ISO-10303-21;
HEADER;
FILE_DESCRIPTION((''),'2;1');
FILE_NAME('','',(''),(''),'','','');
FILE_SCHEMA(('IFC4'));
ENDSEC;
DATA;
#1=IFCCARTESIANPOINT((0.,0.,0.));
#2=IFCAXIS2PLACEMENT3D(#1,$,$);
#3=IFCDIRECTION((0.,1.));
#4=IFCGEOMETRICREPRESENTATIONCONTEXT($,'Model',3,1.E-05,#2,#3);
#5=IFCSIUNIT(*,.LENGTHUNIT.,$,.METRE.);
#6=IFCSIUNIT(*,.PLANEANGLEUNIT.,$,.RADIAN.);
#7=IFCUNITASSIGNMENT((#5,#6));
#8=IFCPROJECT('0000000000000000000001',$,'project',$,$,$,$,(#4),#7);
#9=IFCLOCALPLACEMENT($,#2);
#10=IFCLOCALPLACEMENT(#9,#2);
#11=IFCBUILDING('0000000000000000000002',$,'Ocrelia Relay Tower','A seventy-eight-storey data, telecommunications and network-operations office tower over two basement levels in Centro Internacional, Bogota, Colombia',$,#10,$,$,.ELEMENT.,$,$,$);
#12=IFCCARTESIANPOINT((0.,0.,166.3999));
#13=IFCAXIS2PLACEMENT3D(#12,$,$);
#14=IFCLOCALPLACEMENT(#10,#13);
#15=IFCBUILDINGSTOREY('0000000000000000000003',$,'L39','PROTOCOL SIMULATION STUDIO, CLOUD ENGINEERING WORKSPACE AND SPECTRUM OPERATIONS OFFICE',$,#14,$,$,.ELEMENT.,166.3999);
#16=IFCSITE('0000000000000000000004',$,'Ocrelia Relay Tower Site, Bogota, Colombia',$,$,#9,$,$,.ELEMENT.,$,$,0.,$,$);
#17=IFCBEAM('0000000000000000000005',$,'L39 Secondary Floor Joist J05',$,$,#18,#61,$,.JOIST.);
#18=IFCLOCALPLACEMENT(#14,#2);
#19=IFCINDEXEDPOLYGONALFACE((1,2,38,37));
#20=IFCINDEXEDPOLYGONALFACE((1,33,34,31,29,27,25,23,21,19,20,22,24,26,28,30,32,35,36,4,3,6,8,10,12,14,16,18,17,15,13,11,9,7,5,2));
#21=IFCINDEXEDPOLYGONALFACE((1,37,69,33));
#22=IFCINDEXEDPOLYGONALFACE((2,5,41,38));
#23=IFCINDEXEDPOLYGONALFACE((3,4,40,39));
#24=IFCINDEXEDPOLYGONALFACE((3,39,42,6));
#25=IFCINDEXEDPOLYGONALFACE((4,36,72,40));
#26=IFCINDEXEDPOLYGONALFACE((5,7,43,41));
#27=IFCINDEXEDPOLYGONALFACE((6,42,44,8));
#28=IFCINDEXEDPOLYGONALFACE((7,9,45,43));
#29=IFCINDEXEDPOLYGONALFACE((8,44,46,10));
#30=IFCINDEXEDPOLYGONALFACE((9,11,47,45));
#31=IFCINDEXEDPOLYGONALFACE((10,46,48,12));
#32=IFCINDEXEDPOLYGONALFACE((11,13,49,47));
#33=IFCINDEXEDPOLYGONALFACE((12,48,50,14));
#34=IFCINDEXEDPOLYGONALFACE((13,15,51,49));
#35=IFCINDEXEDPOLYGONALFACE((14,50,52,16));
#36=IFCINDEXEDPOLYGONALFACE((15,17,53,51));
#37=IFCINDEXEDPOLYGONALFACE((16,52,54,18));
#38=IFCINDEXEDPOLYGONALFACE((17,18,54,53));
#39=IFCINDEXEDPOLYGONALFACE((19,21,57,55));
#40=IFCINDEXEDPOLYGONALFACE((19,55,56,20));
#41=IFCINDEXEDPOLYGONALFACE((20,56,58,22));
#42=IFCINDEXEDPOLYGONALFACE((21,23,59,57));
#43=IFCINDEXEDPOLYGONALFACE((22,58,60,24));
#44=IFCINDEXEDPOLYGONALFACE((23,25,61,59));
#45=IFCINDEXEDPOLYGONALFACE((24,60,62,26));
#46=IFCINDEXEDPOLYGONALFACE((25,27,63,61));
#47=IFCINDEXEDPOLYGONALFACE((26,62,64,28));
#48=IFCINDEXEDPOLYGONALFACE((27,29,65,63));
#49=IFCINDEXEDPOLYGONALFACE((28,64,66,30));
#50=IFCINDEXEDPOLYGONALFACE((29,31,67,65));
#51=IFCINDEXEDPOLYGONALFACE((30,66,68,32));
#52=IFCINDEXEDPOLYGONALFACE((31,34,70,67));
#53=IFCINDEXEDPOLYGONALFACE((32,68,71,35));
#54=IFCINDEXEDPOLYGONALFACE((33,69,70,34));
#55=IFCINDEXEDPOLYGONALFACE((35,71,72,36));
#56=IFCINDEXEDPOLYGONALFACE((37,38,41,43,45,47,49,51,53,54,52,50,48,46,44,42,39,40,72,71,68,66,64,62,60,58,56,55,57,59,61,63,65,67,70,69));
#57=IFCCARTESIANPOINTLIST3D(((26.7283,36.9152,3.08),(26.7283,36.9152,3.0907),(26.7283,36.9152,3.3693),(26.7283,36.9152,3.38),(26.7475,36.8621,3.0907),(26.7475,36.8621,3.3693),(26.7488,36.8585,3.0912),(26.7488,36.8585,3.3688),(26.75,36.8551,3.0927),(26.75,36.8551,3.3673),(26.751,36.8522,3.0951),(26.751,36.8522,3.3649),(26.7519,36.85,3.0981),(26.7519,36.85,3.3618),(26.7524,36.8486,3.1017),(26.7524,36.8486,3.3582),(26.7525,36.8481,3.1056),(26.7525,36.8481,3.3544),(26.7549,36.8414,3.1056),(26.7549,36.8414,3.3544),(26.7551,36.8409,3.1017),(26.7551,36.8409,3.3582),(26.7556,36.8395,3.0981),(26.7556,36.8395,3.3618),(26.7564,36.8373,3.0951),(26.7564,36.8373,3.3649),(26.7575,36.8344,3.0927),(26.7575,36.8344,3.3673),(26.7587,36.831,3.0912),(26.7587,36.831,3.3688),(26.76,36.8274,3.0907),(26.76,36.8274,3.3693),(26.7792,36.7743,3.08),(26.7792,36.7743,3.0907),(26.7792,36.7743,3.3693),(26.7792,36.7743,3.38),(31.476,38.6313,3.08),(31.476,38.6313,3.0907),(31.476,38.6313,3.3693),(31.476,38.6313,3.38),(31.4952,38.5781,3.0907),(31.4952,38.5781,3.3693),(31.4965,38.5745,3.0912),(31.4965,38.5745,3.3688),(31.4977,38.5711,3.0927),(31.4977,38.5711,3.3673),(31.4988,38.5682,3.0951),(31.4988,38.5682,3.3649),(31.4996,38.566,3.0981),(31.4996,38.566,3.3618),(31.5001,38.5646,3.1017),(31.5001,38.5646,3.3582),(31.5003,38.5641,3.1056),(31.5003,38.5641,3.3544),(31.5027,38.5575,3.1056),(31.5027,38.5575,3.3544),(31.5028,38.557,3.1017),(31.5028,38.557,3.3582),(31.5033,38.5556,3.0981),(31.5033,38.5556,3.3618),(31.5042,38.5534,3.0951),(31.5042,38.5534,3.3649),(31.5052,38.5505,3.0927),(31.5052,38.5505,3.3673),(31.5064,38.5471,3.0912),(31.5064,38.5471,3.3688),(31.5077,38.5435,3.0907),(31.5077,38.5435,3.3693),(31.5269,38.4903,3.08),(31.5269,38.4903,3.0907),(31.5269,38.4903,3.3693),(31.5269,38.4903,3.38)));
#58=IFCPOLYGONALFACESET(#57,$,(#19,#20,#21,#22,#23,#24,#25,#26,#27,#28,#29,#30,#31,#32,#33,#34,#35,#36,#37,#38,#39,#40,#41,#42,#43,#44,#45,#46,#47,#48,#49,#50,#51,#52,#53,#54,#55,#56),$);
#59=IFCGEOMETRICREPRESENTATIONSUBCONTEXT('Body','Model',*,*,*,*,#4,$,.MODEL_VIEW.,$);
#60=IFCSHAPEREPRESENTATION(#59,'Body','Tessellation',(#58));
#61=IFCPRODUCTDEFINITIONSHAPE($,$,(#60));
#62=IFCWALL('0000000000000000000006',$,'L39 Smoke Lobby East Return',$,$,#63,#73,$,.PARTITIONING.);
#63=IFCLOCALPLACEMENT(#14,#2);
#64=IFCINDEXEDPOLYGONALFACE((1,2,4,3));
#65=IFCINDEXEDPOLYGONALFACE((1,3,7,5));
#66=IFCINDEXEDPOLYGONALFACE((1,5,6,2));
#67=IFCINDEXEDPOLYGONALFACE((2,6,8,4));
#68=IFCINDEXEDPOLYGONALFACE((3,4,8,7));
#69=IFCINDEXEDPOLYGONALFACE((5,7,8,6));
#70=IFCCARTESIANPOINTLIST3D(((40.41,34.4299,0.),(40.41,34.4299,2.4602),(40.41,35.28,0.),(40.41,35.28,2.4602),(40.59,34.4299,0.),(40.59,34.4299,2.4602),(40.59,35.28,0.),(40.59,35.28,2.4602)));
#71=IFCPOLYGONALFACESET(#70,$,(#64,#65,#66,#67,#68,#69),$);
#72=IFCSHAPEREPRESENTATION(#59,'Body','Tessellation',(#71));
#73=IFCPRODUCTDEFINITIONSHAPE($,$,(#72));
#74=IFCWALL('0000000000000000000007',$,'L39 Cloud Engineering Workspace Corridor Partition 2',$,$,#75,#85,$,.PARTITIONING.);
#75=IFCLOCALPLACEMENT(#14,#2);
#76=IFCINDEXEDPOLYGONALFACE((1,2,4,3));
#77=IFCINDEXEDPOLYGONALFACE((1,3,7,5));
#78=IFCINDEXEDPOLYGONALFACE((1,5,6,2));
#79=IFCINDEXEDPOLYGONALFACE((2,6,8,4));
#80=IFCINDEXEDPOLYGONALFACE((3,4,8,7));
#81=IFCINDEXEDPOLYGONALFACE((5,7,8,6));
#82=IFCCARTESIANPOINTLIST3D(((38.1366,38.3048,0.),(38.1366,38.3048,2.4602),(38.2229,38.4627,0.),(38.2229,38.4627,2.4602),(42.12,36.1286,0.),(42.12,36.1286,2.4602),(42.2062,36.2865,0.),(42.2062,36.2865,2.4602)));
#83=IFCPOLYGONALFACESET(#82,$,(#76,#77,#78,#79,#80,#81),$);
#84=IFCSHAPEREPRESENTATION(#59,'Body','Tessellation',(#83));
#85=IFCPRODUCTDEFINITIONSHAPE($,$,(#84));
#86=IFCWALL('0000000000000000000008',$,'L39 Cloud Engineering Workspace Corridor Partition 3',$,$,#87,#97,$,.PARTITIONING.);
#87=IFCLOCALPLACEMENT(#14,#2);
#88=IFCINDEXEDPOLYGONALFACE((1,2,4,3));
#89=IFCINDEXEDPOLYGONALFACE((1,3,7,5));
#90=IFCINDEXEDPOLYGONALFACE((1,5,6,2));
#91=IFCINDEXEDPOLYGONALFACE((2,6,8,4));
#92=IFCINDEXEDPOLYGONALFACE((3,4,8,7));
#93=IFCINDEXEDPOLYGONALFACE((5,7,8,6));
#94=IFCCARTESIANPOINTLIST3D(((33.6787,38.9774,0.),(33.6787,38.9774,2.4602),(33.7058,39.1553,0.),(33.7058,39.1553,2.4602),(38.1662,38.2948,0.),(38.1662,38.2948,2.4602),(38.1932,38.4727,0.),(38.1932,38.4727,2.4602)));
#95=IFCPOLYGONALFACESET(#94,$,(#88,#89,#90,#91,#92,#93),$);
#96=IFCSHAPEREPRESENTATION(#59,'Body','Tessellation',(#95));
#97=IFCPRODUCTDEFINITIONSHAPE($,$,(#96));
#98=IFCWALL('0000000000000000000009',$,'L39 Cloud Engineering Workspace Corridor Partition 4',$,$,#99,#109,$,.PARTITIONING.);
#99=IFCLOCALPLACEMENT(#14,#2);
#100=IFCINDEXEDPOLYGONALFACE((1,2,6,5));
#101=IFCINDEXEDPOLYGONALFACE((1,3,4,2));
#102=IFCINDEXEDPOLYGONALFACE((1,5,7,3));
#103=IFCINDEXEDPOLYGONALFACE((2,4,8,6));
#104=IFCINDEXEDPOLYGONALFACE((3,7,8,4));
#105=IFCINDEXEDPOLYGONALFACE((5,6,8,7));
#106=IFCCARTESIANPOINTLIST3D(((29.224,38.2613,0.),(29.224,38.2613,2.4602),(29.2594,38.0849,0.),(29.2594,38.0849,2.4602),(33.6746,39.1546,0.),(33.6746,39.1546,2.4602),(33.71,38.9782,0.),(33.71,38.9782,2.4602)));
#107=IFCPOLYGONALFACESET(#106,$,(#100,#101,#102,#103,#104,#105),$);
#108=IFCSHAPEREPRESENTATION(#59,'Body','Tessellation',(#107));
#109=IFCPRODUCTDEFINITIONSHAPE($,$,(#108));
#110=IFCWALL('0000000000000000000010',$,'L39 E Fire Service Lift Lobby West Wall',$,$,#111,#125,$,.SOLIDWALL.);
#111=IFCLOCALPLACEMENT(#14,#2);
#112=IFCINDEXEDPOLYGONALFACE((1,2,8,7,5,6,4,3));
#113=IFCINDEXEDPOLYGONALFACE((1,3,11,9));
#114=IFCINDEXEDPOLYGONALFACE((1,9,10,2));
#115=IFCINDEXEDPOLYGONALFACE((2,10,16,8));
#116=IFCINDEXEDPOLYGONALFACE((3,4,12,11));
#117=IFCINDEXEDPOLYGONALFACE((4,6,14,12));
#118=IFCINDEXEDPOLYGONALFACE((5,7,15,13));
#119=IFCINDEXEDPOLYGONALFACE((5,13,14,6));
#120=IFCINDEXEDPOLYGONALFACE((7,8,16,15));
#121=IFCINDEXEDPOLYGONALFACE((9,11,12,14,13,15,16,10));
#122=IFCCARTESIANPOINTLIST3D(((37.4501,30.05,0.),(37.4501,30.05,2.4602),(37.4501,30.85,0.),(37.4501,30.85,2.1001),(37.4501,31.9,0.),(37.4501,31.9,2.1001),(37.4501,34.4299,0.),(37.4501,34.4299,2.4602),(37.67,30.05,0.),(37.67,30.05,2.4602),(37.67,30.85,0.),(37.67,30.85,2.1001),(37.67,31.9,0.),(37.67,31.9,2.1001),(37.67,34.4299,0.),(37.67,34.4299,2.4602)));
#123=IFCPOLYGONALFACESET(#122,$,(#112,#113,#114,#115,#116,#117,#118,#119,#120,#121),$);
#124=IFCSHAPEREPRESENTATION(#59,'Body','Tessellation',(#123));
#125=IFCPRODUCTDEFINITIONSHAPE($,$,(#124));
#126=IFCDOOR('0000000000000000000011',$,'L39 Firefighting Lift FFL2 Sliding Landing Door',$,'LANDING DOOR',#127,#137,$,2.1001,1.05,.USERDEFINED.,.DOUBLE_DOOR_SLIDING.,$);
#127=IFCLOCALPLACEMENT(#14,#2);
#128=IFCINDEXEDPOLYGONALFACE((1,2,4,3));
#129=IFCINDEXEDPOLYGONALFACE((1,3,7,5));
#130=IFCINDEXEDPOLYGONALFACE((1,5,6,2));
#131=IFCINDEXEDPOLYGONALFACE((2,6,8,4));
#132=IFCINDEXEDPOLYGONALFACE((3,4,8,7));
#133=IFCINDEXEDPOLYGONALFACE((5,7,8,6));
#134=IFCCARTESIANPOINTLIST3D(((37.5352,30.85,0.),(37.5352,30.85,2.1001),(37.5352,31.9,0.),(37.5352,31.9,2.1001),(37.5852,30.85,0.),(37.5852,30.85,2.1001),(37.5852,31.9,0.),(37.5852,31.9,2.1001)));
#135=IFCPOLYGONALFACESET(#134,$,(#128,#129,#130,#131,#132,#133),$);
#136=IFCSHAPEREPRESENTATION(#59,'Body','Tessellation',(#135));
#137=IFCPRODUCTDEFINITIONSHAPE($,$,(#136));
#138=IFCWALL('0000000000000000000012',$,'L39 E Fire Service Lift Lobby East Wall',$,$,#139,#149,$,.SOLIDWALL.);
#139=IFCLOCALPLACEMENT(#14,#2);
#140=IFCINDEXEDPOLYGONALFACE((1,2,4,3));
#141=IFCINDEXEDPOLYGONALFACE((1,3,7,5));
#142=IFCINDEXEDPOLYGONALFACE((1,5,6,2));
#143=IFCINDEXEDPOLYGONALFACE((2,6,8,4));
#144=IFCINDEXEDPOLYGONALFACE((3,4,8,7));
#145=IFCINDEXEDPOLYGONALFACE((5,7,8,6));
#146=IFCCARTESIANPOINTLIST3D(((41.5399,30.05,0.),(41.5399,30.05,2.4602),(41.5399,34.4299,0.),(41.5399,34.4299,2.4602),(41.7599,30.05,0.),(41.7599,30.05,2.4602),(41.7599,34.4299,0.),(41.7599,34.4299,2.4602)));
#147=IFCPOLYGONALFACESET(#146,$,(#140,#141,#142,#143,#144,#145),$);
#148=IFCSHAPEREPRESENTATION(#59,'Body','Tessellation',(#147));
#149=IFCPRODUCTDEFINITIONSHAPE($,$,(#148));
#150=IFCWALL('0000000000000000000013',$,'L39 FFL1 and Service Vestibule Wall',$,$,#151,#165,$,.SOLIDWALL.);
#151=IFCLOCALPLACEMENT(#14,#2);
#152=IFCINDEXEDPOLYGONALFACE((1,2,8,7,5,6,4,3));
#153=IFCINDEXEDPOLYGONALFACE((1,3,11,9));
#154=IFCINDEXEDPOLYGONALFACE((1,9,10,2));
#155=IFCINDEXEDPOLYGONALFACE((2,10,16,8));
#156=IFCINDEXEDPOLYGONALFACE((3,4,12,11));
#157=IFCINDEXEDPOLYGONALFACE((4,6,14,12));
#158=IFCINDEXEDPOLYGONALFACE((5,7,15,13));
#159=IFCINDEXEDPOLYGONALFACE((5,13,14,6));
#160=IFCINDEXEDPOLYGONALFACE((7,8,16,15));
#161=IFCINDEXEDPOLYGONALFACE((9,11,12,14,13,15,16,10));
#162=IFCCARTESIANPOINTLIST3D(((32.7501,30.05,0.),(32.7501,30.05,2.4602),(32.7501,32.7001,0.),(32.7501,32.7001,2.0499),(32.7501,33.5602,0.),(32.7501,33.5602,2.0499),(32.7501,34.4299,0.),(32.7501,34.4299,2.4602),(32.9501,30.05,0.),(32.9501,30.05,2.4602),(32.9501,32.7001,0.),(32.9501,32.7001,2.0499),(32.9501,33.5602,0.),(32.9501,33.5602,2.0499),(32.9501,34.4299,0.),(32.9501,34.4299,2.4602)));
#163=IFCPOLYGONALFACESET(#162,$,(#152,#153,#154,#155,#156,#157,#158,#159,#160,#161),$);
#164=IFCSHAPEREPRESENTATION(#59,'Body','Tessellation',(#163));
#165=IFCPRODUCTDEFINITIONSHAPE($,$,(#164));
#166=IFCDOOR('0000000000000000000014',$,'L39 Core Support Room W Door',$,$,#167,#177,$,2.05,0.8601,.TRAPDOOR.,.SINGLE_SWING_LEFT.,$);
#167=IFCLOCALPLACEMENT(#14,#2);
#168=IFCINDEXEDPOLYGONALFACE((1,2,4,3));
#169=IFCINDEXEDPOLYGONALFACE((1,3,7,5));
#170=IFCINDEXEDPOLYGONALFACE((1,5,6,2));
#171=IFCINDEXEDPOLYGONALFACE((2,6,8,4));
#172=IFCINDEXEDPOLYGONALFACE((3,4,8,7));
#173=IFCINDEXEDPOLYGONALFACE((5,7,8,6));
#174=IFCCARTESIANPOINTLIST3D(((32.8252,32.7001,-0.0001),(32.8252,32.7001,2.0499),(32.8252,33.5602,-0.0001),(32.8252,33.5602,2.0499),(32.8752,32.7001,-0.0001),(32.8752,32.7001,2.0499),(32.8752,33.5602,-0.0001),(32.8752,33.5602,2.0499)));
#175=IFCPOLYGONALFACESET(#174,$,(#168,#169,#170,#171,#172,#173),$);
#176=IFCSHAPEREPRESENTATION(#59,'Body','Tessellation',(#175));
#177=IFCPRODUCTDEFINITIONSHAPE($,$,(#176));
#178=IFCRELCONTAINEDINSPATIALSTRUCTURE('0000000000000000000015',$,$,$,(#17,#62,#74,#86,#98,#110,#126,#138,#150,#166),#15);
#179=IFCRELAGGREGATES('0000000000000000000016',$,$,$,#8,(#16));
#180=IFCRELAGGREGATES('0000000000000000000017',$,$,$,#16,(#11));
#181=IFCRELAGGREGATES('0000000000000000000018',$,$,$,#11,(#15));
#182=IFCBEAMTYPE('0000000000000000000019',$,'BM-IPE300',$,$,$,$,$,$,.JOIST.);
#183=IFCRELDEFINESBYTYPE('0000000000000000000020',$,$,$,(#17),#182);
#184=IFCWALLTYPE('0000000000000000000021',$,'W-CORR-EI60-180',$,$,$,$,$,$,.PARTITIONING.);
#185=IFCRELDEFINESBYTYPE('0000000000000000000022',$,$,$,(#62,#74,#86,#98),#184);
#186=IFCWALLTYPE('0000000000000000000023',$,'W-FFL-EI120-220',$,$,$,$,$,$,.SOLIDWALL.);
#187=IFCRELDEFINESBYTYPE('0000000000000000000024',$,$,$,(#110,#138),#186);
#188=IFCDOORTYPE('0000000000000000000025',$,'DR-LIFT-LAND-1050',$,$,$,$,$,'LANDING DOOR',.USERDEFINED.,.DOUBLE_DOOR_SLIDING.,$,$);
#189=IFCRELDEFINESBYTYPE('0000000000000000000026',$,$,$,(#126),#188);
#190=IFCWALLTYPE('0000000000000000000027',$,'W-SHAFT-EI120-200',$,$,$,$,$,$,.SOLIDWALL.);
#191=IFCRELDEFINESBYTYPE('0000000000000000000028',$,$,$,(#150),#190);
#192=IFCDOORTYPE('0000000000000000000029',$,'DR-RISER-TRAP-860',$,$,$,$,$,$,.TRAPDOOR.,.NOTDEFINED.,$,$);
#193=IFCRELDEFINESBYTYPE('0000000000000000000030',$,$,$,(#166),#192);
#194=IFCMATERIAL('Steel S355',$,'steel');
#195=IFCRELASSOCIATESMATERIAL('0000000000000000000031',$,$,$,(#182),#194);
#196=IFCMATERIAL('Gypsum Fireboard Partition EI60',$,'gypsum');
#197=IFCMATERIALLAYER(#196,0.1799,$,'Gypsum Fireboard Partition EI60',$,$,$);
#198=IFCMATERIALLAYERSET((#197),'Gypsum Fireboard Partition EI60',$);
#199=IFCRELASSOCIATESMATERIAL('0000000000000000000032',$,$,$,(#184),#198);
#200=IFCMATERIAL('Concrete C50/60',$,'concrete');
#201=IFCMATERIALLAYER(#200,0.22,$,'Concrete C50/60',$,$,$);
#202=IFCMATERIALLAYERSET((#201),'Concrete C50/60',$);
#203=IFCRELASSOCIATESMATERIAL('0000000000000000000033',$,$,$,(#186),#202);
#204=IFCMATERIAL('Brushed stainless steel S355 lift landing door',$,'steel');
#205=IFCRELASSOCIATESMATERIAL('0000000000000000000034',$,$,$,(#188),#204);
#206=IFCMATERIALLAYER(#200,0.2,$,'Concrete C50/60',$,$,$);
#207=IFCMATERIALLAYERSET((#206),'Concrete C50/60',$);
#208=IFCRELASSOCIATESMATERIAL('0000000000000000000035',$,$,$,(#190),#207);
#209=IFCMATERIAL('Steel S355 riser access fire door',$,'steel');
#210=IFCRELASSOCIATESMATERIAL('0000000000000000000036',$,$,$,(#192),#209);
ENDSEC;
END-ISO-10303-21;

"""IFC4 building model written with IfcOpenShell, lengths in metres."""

from ifc_helpers import new_model, si_unit, direction, frame, frame_2d, origin, origin_2d, place, context, subcontext, project, spatial, rectangle, i_section, extrude, material, layer, layer_set, material_profile, profile_set, type_object, element, fill, save


model = new_model("IFC4")

# Units and contexts
model_context = context("Model", 3, precision=1e-05, world=origin(), true_north=direction((0.0, 1.0)))
body_context = subcontext(model_context, "Body", "Model", "MODEL_VIEW")
ifc_project = project(units=[si_unit("LENGTHUNIT", "METRE"), si_unit("PLANEANGLEUNIT", "RADIAN")], contexts=[model_context])

# Site, building, storey
site_placement = place(None, origin())
site = spatial("IfcSite", under=ifc_project, at=site_placement, Name="Ocrelia Relay Tower Site, Bogota, Colombia", CompositionType="ELEMENT", RefElevation=0.0)
building_placement = place(site_placement, origin())
building = spatial("IfcBuilding", under=site, at=building_placement, Name="Ocrelia Relay Tower", Description="A seventy-eight-storey data, telecommunications and network-operations office tower over two basement levels in Centro Internacional, Bogota, Colombia", CompositionType="ELEMENT")
storey_placement = place(building_placement, frame((0.0, 0.0, 166.3999)))
storey = spatial("IfcBuildingStorey", under=building, at=storey_placement, Name="L39", Description="PROTOCOL SIMULATION STUDIO, CLOUD ENGINEERING WORKSPACE AND SPECTRUM OPERATIONS OFFICE", CompositionType="ELEMENT", Elevation=166.3999)

# Beam
ifc_material_1 = material(Name="Steel S355", Category="steel")
ifc_material_profile_1 = material_profile(ifc_material_1, i_section(OverallWidth=0.1499, OverallDepth=0.3, WebThickness=0.0071, FlangeThickness=0.0107, FilletRadius=0.0149, at=origin_2d()), Name="IPE 300")
ifc_profile_set_1 = profile_set([ifc_material_profile_1], Name="Steel S355")
beam_type = type_object("IfcBeamType", Name="BM-IPE300", PredefinedType="JOIST", material=ifc_profile_set_1)
beam_1_placement = place(storey_placement, frame((31.5015, 38.5608, 3.23), z_axis=(-0.940454, -0.339921, 0.0), x_axis=(0.339921, -0.940454, 0.0)))
element("IfcBeam", 1, at=beam_1_placement, inside=storey, type_object=beam_type, Name="L39 Secondary Floor Joist J05", PredefinedType="JOIST", context=body_context, shape_type="SweptSolid", body=[
    extrude(i_section(OverallWidth=0.1499, OverallDepth=0.3, WebThickness=0.0071, FlangeThickness=0.0107, FilletRadius=0.0149, at=origin_2d()), origin(), (0.0, 0.0, 1.0), 5.0483),
])

# Wall
ifc_material_2 = material(Name="Gypsum Fireboard Partition EI60", Category="gypsum")
ifc_layer_1 = layer(ifc_material_2, 0.1799, Name="Gypsum Fireboard Partition EI60")
ifc_layer_set_1 = layer_set([ifc_layer_1], Name="Gypsum Fireboard Partition EI60")
wall_type_1 = type_object("IfcWallType", Name="W-CORR-EI60-180", PredefinedType="PARTITIONING", material=ifc_layer_set_1)
wall_1_placement = place(storey_placement, frame((40.5, 35.28, 0.0), z_axis=(0.0, 0.0, 1.0), x_axis=(0.0, -1.0, 0.0)))
element("IfcWall", 2, at=wall_1_placement, inside=storey, type_object=wall_type_1, Name="L39 Smoke Lobby East Return", PredefinedType="PARTITIONING", context=body_context, shape_type="SweptSolid", body=[
    extrude(rectangle(XDim=0.8501, YDim=0.1799, at=frame_2d((0.425, 0.0))), origin(), (0.0, 0.0, 1.0), 2.4602),
])

# Walls
for number, where, z_axis, x_axis, name in (
    (3, (42.1631, 36.2075, 0.0), (0.0, 0.0, 1.0), (-0.877571, 0.479447, 0.0), "L39 Cloud Engineering Workspace Corridor Partition 2"),
    (4, (38.1797, 38.3838, 0.0), (0.0, 0.0, 1.0), (-0.988628, 0.150384, 0.0), "L39 Cloud Engineering Workspace Corridor Partition 3"),
):
    element("IfcWall", number, at=place(storey_placement, frame(where, z_axis=z_axis, x_axis=x_axis)), inside=storey, type_object=wall_type_1, Name=name, PredefinedType="PARTITIONING", context=body_context, shape_type="SweptSolid", body=[
        extrude(rectangle(XDim=4.5391, YDim=0.1799, at=frame_2d((2.2695, 0.0))), origin(), (0.0, 0.0, 1.0), 2.4602),
    ])
wall_2_placement = place(storey_placement, frame((33.6921, 39.0664, 0.0), z_axis=(0.0, 0.0, 1.0), x_axis=(-0.980444, -0.196799, 0.0)))
element("IfcWall", 5, at=wall_2_placement, inside=storey, type_object=wall_type_1, Name="L39 Cloud Engineering Workspace Corridor Partition 4", PredefinedType="PARTITIONING", context=body_context, shape_type="SweptSolid", body=[
    extrude(rectangle(XDim=4.5393, YDim=0.1799, at=frame_2d((2.2695, 0.0))), origin(), (0.0, 0.0, 1.0), 2.4602),
])

# Wall, opening, door
ifc_material_3 = material(Name="Concrete C50/60", Category="concrete")
ifc_layer_2 = layer(ifc_material_3, 0.22, Name="Concrete C50/60")
ifc_layer_set_2 = layer_set([ifc_layer_2], Name="Concrete C50/60")
wall_type_2 = type_object("IfcWallType", Name="W-FFL-EI120-220", PredefinedType="SOLIDWALL", material=ifc_layer_set_2)
wall_3_placement = place(storey_placement, frame((37.5601, 30.05, 0.0), z_axis=(0.0, 0.0, 1.0), x_axis=(0.0, 1.0, 0.0)))
wall_3 = element("IfcWall", 6, at=wall_3_placement, inside=storey, type_object=wall_type_2, Name="L39 E Fire Service Lift Lobby West Wall", PredefinedType="SOLIDWALL", context=body_context, shape_type="SweptSolid", body=[
    extrude(rectangle(XDim=4.3799, YDim=0.22, at=frame_2d((2.1899, 0.0))), origin(), (0.0, 0.0, 1.0), 2.4602),
])
opening_1_placement = place(wall_3_placement, frame((0.8, 0.0, 0.0)))
opening_1 = element("IfcOpeningElement", 7, at=opening_1_placement, cuts=wall_3, PredefinedType="OPENING", context=body_context, shape_type="SweptSolid", body=[
    extrude(rectangle(XDim=1.05, YDim=2.1001, at=frame_2d((0.5249, 1.05))), frame((0.0, 0.1201, 0.0), z_axis=(0.0, -1.0, 0.0), x_axis=(1.0, 0.0, 0.0)), (0.0, 0.0, 1.0), 0.24),
])
ifc_material_4 = material(Name="Brushed stainless steel S355 lift landing door", Category="steel")
door_type_1 = type_object("IfcDoorType", Name="DR-LIFT-LAND-1050", ElementType="LANDING DOOR", OperationType="DOUBLE_DOOR_SLIDING", PredefinedType="USERDEFINED", material=ifc_material_4)
door_1_placement = place(opening_1_placement, origin())
door_1 = element("IfcDoor", 8, at=door_1_placement, inside=storey, type_object=door_type_1, Name="L39 Firefighting Lift FFL2 Sliding Landing Door", ObjectType="LANDING DOOR", OperationType="DOUBLE_DOOR_SLIDING", OverallHeight=2.1001, OverallWidth=1.05, PredefinedType="USERDEFINED", context=body_context, shape_type="SweptSolid", body=[
    extrude(rectangle(XDim=1.05, YDim=2.1001, at=frame_2d((0.5249, 1.05))), frame((0.0, 0.0249, 0.0), z_axis=(0.0, -1.0, 0.0), x_axis=(1.0, 0.0, 0.0)), (0.0, 0.0, 1.0), 0.05),
])
fill(opening_1, door_1)

# Wall
wall_4_placement = place(storey_placement, frame((41.6499, 30.05, 0.0), z_axis=(0.0, 0.0, 1.0), x_axis=(0.0, 1.0, 0.0)))
element("IfcWall", 9, at=wall_4_placement, inside=storey, type_object=wall_type_2, Name="L39 E Fire Service Lift Lobby East Wall", PredefinedType="SOLIDWALL", context=body_context, shape_type="SweptSolid", body=[
    extrude(rectangle(XDim=4.3799, YDim=0.22, at=frame_2d((2.1899, 0.0))), origin(), (0.0, 0.0, 1.0), 2.4602),
])

# Wall, opening, door
ifc_layer_3 = layer(ifc_material_3, 0.2, Name="Concrete C50/60")
ifc_layer_set_3 = layer_set([ifc_layer_3], Name="Concrete C50/60")
wall_type_3 = type_object("IfcWallType", Name="W-SHAFT-EI120-200", PredefinedType="SOLIDWALL", material=ifc_layer_set_3)
wall_5_placement = place(storey_placement, frame((32.8501, 30.05, 0.0), z_axis=(0.0, 0.0, 1.0), x_axis=(0.0, 1.0, 0.0)))
wall_5 = element("IfcWall", 10, at=wall_5_placement, inside=storey, type_object=wall_type_3, Name="L39 FFL1 and Service Vestibule Wall", PredefinedType="SOLIDWALL", context=body_context, shape_type="SweptSolid", body=[
    extrude(rectangle(XDim=4.3799, YDim=0.2, at=frame_2d((2.1899, 0.0))), origin(), (0.0, 0.0, 1.0), 2.4602),
])
opening_2_placement = place(wall_5_placement, frame((2.6499, 0.0, 0.0)))
opening_2 = element("IfcOpeningElement", 11, at=opening_2_placement, cuts=wall_5, PredefinedType="OPENING", context=body_context, shape_type="SweptSolid", body=[
    extrude(rectangle(XDim=0.8601, YDim=2.05, at=frame_2d((0.4302, 1.0249))), frame((0.0, 0.1099, 0.0), z_axis=(0.0, -1.0, 0.0), x_axis=(1.0, 0.0, 0.0)), (0.0, 0.0, 1.0), 0.22),
])
ifc_material_5 = material(Name="Steel S355 riser access fire door", Category="steel")
door_type_2 = type_object("IfcDoorType", Name="DR-RISER-TRAP-860", OperationType="NOTDEFINED", PredefinedType="TRAPDOOR", material=ifc_material_5)
door_2_placement = place(opening_2_placement, origin())
door_2 = element("IfcDoor", 12, at=door_2_placement, inside=storey, type_object=door_type_2, Name="L39 Core Support Room W Door", OperationType="SINGLE_SWING_LEFT", OverallHeight=2.05, OverallWidth=0.8601, PredefinedType="TRAPDOOR", context=body_context, shape_type="SweptSolid", body=[
    extrude(rectangle(XDim=0.8601, YDim=2.05, at=frame_2d((0.4302, 1.0249))), frame((0.0, 0.0249, 0.0), z_axis=(0.0, -1.0, 0.0), x_axis=(1.0, 0.0, 0.0)), (0.0, 0.0, 1.0), 0.05),
])
fill(opening_2, door_2)

save(model, "model.ifc")
